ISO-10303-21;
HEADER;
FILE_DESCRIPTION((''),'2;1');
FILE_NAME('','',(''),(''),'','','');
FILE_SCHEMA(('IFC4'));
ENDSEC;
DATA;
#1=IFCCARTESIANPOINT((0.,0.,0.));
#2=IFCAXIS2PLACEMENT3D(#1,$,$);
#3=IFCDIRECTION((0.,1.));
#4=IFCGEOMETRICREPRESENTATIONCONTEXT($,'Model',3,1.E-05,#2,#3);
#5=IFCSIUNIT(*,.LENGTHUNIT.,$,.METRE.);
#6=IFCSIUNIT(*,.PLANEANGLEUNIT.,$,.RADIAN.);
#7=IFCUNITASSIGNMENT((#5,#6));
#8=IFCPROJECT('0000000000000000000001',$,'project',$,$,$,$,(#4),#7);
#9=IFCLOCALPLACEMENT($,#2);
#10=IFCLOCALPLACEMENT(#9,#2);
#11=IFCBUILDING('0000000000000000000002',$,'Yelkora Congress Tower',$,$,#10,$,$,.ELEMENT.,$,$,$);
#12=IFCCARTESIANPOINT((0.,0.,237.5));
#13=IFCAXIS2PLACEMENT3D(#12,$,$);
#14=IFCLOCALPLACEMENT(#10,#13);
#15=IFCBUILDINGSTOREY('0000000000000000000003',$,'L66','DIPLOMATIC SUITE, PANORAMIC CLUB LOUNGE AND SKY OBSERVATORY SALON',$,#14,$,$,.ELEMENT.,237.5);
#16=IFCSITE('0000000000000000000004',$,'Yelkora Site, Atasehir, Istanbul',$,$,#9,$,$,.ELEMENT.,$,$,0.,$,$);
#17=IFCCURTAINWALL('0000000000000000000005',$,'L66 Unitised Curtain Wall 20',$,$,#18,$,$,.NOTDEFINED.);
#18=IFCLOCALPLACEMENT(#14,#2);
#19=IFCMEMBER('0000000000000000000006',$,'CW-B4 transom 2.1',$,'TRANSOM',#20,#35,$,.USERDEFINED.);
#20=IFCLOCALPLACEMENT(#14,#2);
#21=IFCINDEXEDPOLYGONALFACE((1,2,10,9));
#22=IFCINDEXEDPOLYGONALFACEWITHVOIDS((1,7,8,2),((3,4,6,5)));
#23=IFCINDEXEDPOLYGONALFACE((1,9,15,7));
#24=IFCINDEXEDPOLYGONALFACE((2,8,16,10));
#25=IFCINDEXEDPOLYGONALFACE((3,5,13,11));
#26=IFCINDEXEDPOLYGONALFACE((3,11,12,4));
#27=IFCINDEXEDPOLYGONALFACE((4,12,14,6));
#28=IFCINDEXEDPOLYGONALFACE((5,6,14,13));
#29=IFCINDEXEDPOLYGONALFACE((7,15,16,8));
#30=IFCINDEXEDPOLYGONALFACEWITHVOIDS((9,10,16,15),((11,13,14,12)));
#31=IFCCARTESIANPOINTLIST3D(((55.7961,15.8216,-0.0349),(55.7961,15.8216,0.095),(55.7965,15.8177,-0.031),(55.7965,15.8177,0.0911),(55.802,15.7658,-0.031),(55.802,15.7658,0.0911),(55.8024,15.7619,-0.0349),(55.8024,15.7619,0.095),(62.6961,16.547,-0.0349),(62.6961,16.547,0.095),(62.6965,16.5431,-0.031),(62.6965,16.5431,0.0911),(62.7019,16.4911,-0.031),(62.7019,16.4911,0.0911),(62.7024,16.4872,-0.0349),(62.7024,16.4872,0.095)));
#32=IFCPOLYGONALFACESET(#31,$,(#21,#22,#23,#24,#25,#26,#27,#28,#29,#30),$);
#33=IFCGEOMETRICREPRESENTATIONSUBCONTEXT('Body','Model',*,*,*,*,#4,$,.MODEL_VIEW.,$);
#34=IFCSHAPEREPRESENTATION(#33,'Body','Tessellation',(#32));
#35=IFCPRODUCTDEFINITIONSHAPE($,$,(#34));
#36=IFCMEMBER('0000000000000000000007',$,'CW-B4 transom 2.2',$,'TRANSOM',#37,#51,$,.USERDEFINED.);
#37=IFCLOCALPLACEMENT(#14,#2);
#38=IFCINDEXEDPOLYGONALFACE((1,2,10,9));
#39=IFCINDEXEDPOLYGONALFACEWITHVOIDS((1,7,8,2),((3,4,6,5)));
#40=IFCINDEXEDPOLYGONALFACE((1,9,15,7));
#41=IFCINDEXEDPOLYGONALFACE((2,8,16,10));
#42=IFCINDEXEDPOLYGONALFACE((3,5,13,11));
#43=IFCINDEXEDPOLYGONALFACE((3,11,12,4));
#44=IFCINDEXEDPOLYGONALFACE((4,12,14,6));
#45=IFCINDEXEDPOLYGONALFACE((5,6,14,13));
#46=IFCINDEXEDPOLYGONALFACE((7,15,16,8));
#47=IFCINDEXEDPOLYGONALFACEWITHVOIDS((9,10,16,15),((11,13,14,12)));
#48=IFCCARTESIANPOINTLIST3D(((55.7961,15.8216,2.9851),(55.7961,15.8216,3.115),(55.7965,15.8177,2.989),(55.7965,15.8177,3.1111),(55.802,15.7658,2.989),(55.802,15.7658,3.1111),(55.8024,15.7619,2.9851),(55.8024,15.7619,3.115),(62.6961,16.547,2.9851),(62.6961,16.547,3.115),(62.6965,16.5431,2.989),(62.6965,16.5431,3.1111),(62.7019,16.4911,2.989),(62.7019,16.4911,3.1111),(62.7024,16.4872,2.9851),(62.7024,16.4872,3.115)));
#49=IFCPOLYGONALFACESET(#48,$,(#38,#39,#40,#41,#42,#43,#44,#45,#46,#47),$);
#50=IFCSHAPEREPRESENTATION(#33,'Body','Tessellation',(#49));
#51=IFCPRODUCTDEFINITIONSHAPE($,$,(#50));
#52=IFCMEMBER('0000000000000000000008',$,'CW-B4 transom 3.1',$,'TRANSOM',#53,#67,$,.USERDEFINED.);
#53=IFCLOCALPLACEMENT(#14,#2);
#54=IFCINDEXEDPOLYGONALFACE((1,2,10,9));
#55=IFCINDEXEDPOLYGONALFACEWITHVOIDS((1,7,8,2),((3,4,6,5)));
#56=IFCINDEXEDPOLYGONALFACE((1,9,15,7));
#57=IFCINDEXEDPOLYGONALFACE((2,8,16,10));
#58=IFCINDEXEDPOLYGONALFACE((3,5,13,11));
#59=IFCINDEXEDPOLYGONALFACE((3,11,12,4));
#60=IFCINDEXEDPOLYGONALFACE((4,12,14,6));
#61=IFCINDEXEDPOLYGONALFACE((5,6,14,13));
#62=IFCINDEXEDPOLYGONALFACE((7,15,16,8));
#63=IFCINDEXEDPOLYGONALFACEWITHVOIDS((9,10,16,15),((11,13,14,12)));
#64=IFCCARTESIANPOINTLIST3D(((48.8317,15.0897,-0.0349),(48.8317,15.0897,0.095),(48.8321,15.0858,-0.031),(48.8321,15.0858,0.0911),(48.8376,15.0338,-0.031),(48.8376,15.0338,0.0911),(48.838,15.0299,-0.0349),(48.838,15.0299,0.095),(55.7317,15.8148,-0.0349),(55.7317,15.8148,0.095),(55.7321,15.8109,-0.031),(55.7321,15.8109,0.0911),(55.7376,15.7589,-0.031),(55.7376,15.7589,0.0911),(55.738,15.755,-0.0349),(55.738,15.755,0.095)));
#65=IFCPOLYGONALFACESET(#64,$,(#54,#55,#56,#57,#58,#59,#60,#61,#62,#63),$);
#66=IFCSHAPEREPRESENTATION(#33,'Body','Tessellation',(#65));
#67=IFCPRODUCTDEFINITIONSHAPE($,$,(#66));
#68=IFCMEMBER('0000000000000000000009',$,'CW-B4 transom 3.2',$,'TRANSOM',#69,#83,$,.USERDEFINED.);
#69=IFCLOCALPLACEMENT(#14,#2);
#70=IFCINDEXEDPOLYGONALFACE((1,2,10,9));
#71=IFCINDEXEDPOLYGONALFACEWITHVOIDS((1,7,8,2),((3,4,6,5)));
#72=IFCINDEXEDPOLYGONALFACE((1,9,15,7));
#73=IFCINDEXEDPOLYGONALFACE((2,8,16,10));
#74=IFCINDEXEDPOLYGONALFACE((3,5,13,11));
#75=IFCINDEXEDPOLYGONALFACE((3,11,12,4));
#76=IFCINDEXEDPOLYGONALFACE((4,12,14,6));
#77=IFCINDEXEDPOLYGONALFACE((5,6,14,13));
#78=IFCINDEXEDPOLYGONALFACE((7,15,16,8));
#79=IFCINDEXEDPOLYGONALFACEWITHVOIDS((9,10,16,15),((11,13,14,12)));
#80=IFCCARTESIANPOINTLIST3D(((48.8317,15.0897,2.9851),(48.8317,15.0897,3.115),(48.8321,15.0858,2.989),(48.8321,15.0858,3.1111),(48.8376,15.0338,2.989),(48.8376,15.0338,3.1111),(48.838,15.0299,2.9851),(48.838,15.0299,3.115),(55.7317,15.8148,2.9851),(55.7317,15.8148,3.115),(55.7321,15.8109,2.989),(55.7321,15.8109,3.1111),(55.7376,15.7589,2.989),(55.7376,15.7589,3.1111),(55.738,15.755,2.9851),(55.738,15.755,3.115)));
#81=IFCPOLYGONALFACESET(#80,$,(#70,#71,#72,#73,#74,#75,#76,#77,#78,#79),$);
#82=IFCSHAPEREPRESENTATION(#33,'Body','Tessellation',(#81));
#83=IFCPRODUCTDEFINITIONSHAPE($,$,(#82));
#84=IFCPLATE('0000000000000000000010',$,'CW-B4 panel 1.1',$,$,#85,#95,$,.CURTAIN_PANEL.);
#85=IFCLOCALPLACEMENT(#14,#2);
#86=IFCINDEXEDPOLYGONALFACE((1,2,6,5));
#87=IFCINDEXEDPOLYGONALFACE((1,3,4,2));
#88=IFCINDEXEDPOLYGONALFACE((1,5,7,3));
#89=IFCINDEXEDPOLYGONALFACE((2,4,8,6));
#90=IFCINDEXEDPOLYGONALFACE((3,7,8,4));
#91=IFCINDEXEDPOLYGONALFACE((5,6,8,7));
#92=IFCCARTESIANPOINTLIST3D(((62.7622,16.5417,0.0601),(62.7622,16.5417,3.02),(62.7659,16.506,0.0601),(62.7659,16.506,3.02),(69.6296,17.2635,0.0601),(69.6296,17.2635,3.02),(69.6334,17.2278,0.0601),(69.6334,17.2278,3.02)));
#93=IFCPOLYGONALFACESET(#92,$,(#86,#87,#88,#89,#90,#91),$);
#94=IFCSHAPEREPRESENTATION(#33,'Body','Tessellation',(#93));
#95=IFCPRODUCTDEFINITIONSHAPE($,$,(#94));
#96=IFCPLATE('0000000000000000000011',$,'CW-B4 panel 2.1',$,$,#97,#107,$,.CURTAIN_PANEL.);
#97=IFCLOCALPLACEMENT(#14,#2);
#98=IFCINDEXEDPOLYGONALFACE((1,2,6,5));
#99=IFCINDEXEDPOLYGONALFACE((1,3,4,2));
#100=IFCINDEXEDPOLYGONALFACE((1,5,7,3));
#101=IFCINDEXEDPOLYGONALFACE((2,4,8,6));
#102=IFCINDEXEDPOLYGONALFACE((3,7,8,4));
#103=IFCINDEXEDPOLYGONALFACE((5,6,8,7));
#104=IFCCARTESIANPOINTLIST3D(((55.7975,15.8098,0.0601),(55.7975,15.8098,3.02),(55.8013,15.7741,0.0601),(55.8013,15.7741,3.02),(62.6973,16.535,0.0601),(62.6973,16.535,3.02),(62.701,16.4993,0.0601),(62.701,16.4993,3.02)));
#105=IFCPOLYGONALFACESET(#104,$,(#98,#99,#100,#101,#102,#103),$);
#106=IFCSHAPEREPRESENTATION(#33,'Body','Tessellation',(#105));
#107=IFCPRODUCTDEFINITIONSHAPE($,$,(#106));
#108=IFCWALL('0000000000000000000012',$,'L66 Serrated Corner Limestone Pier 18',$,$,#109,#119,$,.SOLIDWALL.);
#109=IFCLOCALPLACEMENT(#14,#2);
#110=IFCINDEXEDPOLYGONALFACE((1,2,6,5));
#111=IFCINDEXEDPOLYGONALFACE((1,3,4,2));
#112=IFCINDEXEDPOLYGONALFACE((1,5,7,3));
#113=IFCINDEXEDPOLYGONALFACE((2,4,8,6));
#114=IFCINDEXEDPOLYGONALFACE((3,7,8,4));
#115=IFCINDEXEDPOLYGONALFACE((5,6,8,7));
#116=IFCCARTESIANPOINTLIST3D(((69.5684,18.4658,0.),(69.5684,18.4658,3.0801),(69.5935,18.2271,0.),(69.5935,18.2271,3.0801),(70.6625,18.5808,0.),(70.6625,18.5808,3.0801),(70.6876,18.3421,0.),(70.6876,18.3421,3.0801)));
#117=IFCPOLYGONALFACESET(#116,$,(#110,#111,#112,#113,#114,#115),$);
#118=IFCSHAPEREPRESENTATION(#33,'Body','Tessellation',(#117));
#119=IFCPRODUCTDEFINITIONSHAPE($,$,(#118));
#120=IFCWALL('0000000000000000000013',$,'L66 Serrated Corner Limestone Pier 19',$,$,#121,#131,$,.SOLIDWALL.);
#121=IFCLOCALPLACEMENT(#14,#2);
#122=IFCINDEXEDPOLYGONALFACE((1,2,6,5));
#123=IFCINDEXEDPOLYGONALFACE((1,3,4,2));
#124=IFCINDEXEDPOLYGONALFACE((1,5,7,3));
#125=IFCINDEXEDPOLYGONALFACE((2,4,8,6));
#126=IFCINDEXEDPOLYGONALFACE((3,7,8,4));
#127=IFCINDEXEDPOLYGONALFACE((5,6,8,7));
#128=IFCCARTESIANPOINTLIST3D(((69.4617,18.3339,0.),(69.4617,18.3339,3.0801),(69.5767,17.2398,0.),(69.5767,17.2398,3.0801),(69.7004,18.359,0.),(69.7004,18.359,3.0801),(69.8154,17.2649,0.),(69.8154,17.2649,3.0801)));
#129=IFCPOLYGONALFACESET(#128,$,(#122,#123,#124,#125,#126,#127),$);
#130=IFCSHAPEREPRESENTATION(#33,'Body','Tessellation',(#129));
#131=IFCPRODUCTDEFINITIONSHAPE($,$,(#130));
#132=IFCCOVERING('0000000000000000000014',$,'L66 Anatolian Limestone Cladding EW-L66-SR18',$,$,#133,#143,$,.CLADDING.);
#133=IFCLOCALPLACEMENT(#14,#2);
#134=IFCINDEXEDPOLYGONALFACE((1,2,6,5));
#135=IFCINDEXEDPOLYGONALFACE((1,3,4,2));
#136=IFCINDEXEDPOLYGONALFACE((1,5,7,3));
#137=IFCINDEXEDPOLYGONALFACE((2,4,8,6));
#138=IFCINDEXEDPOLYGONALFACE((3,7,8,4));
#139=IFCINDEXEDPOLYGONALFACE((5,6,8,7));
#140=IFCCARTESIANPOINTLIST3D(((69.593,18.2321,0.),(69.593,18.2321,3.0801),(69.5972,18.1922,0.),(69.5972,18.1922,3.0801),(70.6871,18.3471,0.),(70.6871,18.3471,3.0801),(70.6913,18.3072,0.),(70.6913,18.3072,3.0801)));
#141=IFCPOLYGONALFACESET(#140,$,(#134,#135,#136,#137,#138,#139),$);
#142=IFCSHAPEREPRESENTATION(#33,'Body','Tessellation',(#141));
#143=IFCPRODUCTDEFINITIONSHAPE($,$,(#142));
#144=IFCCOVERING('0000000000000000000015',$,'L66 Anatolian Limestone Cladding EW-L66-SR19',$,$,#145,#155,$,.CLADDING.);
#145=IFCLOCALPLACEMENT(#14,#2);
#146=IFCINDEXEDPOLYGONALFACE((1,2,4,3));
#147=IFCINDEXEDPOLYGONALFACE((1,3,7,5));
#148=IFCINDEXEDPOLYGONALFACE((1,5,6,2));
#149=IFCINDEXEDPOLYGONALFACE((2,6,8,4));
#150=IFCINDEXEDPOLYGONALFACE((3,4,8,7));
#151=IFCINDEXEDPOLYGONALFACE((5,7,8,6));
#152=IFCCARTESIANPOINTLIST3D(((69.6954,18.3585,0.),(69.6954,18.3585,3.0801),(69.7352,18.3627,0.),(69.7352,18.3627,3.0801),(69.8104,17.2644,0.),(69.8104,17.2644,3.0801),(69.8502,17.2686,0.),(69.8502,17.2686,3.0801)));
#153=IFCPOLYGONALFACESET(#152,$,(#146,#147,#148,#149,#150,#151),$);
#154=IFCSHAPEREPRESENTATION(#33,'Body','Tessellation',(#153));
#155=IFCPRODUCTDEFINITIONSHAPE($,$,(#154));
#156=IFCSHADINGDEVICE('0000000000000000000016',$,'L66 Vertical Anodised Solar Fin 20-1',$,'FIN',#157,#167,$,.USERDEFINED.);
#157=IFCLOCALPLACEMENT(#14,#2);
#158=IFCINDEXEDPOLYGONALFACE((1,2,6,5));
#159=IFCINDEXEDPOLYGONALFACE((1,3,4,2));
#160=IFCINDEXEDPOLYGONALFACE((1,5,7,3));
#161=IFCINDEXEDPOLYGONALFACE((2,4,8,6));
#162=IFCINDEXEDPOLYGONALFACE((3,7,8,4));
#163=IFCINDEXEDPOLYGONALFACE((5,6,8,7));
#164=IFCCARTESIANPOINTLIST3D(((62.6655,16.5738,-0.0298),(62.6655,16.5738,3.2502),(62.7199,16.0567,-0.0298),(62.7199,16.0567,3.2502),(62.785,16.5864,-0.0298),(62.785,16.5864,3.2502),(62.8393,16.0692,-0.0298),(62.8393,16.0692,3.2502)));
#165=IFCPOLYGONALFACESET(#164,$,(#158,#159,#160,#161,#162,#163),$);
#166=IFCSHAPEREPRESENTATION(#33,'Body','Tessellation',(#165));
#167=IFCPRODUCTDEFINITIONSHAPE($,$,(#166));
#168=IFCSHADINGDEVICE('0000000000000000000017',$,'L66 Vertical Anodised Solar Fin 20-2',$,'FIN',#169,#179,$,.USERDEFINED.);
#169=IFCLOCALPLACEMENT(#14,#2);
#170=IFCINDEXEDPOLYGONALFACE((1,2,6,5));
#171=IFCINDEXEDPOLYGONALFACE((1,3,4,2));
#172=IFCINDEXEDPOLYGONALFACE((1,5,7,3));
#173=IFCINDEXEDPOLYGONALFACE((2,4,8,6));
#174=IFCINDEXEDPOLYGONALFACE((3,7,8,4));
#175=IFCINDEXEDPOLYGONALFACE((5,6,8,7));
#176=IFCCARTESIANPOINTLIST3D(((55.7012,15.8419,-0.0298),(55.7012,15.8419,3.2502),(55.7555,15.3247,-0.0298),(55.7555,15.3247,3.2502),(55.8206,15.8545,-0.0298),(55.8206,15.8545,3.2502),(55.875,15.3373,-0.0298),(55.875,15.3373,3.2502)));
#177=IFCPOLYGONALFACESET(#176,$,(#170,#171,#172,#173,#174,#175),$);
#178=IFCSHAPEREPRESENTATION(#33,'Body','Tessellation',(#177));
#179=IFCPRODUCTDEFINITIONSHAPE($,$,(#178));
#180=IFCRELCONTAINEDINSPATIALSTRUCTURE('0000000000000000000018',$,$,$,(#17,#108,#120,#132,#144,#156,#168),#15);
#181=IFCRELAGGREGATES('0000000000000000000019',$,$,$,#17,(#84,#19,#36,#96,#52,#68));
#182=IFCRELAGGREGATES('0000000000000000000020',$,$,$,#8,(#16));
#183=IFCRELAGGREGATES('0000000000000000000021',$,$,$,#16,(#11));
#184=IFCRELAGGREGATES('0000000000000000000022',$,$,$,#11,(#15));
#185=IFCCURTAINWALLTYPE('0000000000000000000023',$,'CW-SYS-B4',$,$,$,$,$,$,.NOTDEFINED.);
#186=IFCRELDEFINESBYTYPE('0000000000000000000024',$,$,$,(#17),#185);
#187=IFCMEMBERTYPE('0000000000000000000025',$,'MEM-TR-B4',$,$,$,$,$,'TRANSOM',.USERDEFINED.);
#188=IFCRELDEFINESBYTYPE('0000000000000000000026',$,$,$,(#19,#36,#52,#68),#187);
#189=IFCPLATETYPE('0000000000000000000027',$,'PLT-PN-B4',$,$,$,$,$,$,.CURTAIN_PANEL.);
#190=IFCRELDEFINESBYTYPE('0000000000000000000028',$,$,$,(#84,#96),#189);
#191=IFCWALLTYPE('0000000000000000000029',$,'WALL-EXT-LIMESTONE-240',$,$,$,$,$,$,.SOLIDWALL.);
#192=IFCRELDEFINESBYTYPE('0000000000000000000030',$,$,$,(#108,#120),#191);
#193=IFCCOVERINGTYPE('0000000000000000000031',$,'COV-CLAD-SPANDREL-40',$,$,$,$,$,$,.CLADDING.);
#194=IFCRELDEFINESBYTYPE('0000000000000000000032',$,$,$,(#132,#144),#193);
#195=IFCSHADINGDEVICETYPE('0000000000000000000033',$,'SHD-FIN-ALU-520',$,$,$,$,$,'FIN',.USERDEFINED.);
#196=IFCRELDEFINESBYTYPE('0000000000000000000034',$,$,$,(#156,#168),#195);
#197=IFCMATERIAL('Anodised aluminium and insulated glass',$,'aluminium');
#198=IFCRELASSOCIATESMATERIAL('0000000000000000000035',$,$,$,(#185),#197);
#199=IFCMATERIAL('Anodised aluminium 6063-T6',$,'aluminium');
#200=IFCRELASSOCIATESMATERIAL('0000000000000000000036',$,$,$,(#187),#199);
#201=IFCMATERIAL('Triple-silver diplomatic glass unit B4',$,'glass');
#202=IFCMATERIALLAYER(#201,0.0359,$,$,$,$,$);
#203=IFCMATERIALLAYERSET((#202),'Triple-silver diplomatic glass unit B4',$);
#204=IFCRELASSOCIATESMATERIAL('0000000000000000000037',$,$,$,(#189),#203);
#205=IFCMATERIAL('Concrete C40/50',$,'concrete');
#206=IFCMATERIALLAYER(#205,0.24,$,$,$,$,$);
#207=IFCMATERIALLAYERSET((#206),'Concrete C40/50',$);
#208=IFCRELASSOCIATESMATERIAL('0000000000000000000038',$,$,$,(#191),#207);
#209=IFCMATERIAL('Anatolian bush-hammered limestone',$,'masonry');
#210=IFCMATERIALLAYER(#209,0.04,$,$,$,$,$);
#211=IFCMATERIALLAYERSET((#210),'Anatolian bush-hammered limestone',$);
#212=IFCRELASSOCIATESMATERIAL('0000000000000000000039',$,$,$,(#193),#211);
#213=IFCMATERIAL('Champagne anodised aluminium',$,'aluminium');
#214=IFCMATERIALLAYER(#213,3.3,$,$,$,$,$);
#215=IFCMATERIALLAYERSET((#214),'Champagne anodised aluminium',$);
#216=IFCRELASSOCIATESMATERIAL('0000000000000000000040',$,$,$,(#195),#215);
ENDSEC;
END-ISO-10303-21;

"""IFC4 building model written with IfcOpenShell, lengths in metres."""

from ifc_helpers import new_model, si_unit, direction, frame, frame_2d, origin, origin_2d, place, context, subcontext, project, spatial, rectangle, hollow_rectangle, extrude, material, layer, layer_set, material_profile, profile_set, type_object, element, aggregate, save


model = new_model("IFC4")

# Units and contexts
model_context = context("Model", 3, precision=1e-05, world=origin(), true_north=direction((0.0, 1.0)))
body_context = subcontext(model_context, "Body", "Model", "MODEL_VIEW")
ifc_project = project(units=[si_unit("LENGTHUNIT", "METRE"), si_unit("PLANEANGLEUNIT", "RADIAN")], contexts=[model_context])

# Site, building, storey
site_placement = place(None, origin())
site = spatial("IfcSite", under=ifc_project, at=site_placement, Name="Yelkora Site, Atasehir, Istanbul", CompositionType="ELEMENT", RefElevation=0.0)
building_placement = place(site_placement, origin())
building = spatial("IfcBuilding", under=site, at=building_placement, Name="Yelkora Congress Tower", CompositionType="ELEMENT")
storey_placement = place(building_placement, frame((0.0, 0.0, 237.5)))
storey = spatial("IfcBuildingStorey", under=building, at=storey_placement, Name="L66", Description="DIPLOMATIC SUITE, PANORAMIC CLUB LOUNGE AND SKY OBSERVATORY SALON", CompositionType="ELEMENT", Elevation=237.5)

# Curtain wall, members, plates
ifc_material_1 = material(Name="Anodised aluminium and insulated glass", Category="aluminium")
curtain_wall_type = type_object("IfcCurtainWallType", Name="CW-SYS-B4", PredefinedType="NOTDEFINED", material=ifc_material_1)
curtain_wall_placement = place(storey_placement, origin())
curtain_wall = element("IfcCurtainWall", 1, at=curtain_wall_placement, inside=storey, type_object=curtain_wall_type, Name="L66 Unitised Curtain Wall 20", PredefinedType="NOTDEFINED")
ifc_material_2 = material(Name="Anodised aluminium 6063-T6", Category="aluminium")
ifc_material_profile_1 = material_profile(ifc_material_2, hollow_rectangle(XDim=0.0601, YDim=0.1299, WallThickness=0.0039, at=origin_2d()), Name="ALU 60x130x4")
ifc_profile_set_1 = profile_set([ifc_material_profile_1], Name="Anodised aluminium 6063-T6")
member_type_1 = type_object("IfcMemberType", Name="MEM-TR-B4", ElementType="TRANSOM", PredefinedType="USERDEFINED", material=ifc_profile_set_1)
member_1_placement = place(storey_placement, frame((62.6992, 16.5171, 0.03), z_axis=(-0.99452, -0.104547, 0.0), x_axis=(0.104547, -0.99452, 0.0)))
member_1 = element("IfcMember", 2, at=member_1_placement, type_object=member_type_1, Name="CW-B4 transom 2.1", ObjectType="TRANSOM", PredefinedType="USERDEFINED", context=body_context, shape_type="SweptSolid", body=[
    extrude(hollow_rectangle(XDim=0.0601, YDim=0.1299, WallThickness=0.0039, at=origin_2d()), origin(), (0.0, 0.0, 1.0), 6.938),
])
member_2_placement = place(storey_placement, frame((62.6992, 16.5171, 3.05), z_axis=(-0.99452, -0.104547, 0.0), x_axis=(0.104547, -0.99452, 0.0)))
member_2 = element("IfcMember", 3, at=member_2_placement, type_object=member_type_1, Name="CW-B4 transom 2.2", ObjectType="TRANSOM", PredefinedType="USERDEFINED", context=body_context, shape_type="SweptSolid", body=[
    extrude(hollow_rectangle(XDim=0.0601, YDim=0.1299, WallThickness=0.0039, at=origin_2d()), origin(), (0.0, 0.0, 1.0), 6.938),
])
member_3_placement = place(storey_placement, frame((55.7349, 15.7849, 0.03), z_axis=(-0.994524, -0.104513, 0.0), x_axis=(0.104513, -0.994524, 0.0)))
member_3 = element("IfcMember", 4, at=member_3_placement, type_object=member_type_1, Name="CW-B4 transom 3.1", ObjectType="TRANSOM", PredefinedType="USERDEFINED", context=body_context, shape_type="SweptSolid", body=[
    extrude(hollow_rectangle(XDim=0.0601, YDim=0.1299, WallThickness=0.0039, at=origin_2d()), origin(), (0.0, 0.0, 1.0), 6.938),
])
member_4_placement = place(storey_placement, frame((55.7349, 15.7849, 3.05), z_axis=(-0.994524, -0.104513, 0.0), x_axis=(0.104513, -0.994524, 0.0)))
member_4 = element("IfcMember", 5, at=member_4_placement, type_object=member_type_1, Name="CW-B4 transom 3.2", ObjectType="TRANSOM", PredefinedType="USERDEFINED", context=body_context, shape_type="SweptSolid", body=[
    extrude(hollow_rectangle(XDim=0.0601, YDim=0.1299, WallThickness=0.0039, at=origin_2d()), origin(), (0.0, 0.0, 1.0), 6.938),
])
ifc_material_3 = material(Name="Triple-silver diplomatic glass unit B4", Category="glass")
ifc_layer_1 = layer(ifc_material_3, 0.0359)
ifc_layer_set_1 = layer_set([ifc_layer_1], Name="Triple-silver diplomatic glass unit B4")
plate_type = type_object("IfcPlateType", Name="PLT-PN-B4", PredefinedType="CURTAIN_PANEL", material=ifc_layer_set_1)
plate_1_placement = place(storey_placement, frame((66.1978, 16.8848, 0.0601), z_axis=(0.0, 0.0, 1.0), x_axis=(-0.994522, -0.104527, 0.0)))
plate_1 = element("IfcPlate", 6, at=plate_1_placement, type_object=plate_type, Name="CW-B4 panel 1.1", PredefinedType="CURTAIN_PANEL", context=body_context, shape_type="SweptSolid", body=[
    extrude(rectangle(XDim=6.9053, YDim=0.0359, at=origin_2d()), origin(), (0.0, 0.0, 1.0), 2.96),
])
plate_2_placement = place(storey_placement, frame((59.2493, 16.1545, 0.0601), z_axis=(0.0, 0.0, 1.0), x_axis=(-0.994522, -0.104527, 0.0)))
plate_2 = element("IfcPlate", 7, at=plate_2_placement, type_object=plate_type, Name="CW-B4 panel 2.1", PredefinedType="CURTAIN_PANEL", context=body_context, shape_type="SweptSolid", body=[
    extrude(rectangle(XDim=6.9377, YDim=0.0359, at=origin_2d()), origin(), (0.0, 0.0, 1.0), 2.96),
])
aggregate(curtain_wall, [plate_1, member_1, member_2, plate_2, member_3, member_4])

# Walls
ifc_material_4 = material(Name="Concrete C40/50", Category="concrete")
ifc_layer_2 = layer(ifc_material_4, 0.24)
ifc_layer_set_2 = layer_set([ifc_layer_2], Name="Concrete C40/50")
wall_type = type_object("IfcWallType", Name="WALL-EXT-LIMESTONE-240", PredefinedType="SOLIDWALL", material=ifc_layer_set_2)
for number, where, z_axis, x_axis, name in (
    (8, (70.675, 18.4614, 0.0), (0.0, 0.0, 1.0), (-0.994521, -0.104535, 0.0), "L66 Serrated Corner Limestone Pier 18"),
    (9, (69.5811, 18.3464, 0.0), (0.0, 0.0, 1.0), (0.104535, -0.994521, 0.0), "L66 Serrated Corner Limestone Pier 19"),
):
    element("IfcWall", number, at=place(storey_placement, frame(where, z_axis=z_axis, x_axis=x_axis)), inside=storey, type_object=wall_type, Name=name, PredefinedType="SOLIDWALL", context=body_context, shape_type="SweptSolid", body=[
        extrude(rectangle(XDim=1.1001, YDim=0.24, at=frame_2d((0.55, 0.0))), origin(), (0.0, 0.0, 1.0), 3.0801),
    ])

# Coverings
ifc_material_5 = material(Name="Anatolian bush-hammered limestone", Category="masonry")
ifc_layer_3 = layer(ifc_material_5, 0.04)
ifc_layer_set_3 = layer_set([ifc_layer_3], Name="Anatolian bush-hammered limestone")
covering_type = type_object("IfcCoveringType", Name="COV-CLAD-SPANDREL-40", PredefinedType="CLADDING", material=ifc_layer_set_3)
for number, where, z_axis, x_axis, name in (
    (10, (70.6892, 18.3271, 0.0), (0.0, 0.0, 1.0), (-0.994521, -0.104535, 0.0), "L66 Anatolian Limestone Cladding EW-L66-SR18"),
    (11, (69.7153, 18.3606, 0.0), (0.0, 0.0, 1.0), (0.104535, -0.994521, 0.0), "L66 Anatolian Limestone Cladding EW-L66-SR19"),
):
    element("IfcCovering", number, at=place(storey_placement, frame(where, z_axis=z_axis, x_axis=x_axis)), inside=storey, type_object=covering_type, Name=name, PredefinedType="CLADDING", context=body_context, shape_type="SweptSolid", body=[
        extrude(rectangle(XDim=1.1001, YDim=0.04, at=frame_2d((0.55, 0.0))), origin(), (0.0, 0.0, 1.0), 3.0801),
    ])

# Shading devices
ifc_material_6 = material(Name="Champagne anodised aluminium", Category="aluminium")
ifc_layer_4 = layer(ifc_material_6, 3.3)
ifc_layer_set_4 = layer_set([ifc_layer_4], Name="Champagne anodised aluminium")
shading_device_type = type_object("IfcShadingDeviceType", Name="SHD-FIN-ALU-520", ElementType="FIN", PredefinedType="USERDEFINED", material=ifc_layer_set_4)
for number, where, z_axis, x_axis, name in (
    (12, (62.7524, 16.3215, -0.0298), (0.0, 0.0, 1.0), (-0.994522, -0.104528, 0.0), "L66 Vertical Anodised Solar Fin 20-1"),
    (13, (55.7881, 15.5896, -0.0298), (0.0, 0.0, 1.0), (-0.994522, -0.104528, 0.0), "L66 Vertical Anodised Solar Fin 20-2"),
):
    element("IfcShadingDevice", number, at=place(storey_placement, frame(where, z_axis=z_axis, x_axis=x_axis)), inside=storey, type_object=shading_device_type, Name=name, ObjectType="FIN", PredefinedType="USERDEFINED", context=body_context, shape_type="SweptSolid", body=[
        extrude(rectangle(XDim=0.1201, YDim=0.52, at=origin_2d()), origin(), (0.0, 0.0, 1.0), 3.28),
    ])

save(model, "model.ifc")
